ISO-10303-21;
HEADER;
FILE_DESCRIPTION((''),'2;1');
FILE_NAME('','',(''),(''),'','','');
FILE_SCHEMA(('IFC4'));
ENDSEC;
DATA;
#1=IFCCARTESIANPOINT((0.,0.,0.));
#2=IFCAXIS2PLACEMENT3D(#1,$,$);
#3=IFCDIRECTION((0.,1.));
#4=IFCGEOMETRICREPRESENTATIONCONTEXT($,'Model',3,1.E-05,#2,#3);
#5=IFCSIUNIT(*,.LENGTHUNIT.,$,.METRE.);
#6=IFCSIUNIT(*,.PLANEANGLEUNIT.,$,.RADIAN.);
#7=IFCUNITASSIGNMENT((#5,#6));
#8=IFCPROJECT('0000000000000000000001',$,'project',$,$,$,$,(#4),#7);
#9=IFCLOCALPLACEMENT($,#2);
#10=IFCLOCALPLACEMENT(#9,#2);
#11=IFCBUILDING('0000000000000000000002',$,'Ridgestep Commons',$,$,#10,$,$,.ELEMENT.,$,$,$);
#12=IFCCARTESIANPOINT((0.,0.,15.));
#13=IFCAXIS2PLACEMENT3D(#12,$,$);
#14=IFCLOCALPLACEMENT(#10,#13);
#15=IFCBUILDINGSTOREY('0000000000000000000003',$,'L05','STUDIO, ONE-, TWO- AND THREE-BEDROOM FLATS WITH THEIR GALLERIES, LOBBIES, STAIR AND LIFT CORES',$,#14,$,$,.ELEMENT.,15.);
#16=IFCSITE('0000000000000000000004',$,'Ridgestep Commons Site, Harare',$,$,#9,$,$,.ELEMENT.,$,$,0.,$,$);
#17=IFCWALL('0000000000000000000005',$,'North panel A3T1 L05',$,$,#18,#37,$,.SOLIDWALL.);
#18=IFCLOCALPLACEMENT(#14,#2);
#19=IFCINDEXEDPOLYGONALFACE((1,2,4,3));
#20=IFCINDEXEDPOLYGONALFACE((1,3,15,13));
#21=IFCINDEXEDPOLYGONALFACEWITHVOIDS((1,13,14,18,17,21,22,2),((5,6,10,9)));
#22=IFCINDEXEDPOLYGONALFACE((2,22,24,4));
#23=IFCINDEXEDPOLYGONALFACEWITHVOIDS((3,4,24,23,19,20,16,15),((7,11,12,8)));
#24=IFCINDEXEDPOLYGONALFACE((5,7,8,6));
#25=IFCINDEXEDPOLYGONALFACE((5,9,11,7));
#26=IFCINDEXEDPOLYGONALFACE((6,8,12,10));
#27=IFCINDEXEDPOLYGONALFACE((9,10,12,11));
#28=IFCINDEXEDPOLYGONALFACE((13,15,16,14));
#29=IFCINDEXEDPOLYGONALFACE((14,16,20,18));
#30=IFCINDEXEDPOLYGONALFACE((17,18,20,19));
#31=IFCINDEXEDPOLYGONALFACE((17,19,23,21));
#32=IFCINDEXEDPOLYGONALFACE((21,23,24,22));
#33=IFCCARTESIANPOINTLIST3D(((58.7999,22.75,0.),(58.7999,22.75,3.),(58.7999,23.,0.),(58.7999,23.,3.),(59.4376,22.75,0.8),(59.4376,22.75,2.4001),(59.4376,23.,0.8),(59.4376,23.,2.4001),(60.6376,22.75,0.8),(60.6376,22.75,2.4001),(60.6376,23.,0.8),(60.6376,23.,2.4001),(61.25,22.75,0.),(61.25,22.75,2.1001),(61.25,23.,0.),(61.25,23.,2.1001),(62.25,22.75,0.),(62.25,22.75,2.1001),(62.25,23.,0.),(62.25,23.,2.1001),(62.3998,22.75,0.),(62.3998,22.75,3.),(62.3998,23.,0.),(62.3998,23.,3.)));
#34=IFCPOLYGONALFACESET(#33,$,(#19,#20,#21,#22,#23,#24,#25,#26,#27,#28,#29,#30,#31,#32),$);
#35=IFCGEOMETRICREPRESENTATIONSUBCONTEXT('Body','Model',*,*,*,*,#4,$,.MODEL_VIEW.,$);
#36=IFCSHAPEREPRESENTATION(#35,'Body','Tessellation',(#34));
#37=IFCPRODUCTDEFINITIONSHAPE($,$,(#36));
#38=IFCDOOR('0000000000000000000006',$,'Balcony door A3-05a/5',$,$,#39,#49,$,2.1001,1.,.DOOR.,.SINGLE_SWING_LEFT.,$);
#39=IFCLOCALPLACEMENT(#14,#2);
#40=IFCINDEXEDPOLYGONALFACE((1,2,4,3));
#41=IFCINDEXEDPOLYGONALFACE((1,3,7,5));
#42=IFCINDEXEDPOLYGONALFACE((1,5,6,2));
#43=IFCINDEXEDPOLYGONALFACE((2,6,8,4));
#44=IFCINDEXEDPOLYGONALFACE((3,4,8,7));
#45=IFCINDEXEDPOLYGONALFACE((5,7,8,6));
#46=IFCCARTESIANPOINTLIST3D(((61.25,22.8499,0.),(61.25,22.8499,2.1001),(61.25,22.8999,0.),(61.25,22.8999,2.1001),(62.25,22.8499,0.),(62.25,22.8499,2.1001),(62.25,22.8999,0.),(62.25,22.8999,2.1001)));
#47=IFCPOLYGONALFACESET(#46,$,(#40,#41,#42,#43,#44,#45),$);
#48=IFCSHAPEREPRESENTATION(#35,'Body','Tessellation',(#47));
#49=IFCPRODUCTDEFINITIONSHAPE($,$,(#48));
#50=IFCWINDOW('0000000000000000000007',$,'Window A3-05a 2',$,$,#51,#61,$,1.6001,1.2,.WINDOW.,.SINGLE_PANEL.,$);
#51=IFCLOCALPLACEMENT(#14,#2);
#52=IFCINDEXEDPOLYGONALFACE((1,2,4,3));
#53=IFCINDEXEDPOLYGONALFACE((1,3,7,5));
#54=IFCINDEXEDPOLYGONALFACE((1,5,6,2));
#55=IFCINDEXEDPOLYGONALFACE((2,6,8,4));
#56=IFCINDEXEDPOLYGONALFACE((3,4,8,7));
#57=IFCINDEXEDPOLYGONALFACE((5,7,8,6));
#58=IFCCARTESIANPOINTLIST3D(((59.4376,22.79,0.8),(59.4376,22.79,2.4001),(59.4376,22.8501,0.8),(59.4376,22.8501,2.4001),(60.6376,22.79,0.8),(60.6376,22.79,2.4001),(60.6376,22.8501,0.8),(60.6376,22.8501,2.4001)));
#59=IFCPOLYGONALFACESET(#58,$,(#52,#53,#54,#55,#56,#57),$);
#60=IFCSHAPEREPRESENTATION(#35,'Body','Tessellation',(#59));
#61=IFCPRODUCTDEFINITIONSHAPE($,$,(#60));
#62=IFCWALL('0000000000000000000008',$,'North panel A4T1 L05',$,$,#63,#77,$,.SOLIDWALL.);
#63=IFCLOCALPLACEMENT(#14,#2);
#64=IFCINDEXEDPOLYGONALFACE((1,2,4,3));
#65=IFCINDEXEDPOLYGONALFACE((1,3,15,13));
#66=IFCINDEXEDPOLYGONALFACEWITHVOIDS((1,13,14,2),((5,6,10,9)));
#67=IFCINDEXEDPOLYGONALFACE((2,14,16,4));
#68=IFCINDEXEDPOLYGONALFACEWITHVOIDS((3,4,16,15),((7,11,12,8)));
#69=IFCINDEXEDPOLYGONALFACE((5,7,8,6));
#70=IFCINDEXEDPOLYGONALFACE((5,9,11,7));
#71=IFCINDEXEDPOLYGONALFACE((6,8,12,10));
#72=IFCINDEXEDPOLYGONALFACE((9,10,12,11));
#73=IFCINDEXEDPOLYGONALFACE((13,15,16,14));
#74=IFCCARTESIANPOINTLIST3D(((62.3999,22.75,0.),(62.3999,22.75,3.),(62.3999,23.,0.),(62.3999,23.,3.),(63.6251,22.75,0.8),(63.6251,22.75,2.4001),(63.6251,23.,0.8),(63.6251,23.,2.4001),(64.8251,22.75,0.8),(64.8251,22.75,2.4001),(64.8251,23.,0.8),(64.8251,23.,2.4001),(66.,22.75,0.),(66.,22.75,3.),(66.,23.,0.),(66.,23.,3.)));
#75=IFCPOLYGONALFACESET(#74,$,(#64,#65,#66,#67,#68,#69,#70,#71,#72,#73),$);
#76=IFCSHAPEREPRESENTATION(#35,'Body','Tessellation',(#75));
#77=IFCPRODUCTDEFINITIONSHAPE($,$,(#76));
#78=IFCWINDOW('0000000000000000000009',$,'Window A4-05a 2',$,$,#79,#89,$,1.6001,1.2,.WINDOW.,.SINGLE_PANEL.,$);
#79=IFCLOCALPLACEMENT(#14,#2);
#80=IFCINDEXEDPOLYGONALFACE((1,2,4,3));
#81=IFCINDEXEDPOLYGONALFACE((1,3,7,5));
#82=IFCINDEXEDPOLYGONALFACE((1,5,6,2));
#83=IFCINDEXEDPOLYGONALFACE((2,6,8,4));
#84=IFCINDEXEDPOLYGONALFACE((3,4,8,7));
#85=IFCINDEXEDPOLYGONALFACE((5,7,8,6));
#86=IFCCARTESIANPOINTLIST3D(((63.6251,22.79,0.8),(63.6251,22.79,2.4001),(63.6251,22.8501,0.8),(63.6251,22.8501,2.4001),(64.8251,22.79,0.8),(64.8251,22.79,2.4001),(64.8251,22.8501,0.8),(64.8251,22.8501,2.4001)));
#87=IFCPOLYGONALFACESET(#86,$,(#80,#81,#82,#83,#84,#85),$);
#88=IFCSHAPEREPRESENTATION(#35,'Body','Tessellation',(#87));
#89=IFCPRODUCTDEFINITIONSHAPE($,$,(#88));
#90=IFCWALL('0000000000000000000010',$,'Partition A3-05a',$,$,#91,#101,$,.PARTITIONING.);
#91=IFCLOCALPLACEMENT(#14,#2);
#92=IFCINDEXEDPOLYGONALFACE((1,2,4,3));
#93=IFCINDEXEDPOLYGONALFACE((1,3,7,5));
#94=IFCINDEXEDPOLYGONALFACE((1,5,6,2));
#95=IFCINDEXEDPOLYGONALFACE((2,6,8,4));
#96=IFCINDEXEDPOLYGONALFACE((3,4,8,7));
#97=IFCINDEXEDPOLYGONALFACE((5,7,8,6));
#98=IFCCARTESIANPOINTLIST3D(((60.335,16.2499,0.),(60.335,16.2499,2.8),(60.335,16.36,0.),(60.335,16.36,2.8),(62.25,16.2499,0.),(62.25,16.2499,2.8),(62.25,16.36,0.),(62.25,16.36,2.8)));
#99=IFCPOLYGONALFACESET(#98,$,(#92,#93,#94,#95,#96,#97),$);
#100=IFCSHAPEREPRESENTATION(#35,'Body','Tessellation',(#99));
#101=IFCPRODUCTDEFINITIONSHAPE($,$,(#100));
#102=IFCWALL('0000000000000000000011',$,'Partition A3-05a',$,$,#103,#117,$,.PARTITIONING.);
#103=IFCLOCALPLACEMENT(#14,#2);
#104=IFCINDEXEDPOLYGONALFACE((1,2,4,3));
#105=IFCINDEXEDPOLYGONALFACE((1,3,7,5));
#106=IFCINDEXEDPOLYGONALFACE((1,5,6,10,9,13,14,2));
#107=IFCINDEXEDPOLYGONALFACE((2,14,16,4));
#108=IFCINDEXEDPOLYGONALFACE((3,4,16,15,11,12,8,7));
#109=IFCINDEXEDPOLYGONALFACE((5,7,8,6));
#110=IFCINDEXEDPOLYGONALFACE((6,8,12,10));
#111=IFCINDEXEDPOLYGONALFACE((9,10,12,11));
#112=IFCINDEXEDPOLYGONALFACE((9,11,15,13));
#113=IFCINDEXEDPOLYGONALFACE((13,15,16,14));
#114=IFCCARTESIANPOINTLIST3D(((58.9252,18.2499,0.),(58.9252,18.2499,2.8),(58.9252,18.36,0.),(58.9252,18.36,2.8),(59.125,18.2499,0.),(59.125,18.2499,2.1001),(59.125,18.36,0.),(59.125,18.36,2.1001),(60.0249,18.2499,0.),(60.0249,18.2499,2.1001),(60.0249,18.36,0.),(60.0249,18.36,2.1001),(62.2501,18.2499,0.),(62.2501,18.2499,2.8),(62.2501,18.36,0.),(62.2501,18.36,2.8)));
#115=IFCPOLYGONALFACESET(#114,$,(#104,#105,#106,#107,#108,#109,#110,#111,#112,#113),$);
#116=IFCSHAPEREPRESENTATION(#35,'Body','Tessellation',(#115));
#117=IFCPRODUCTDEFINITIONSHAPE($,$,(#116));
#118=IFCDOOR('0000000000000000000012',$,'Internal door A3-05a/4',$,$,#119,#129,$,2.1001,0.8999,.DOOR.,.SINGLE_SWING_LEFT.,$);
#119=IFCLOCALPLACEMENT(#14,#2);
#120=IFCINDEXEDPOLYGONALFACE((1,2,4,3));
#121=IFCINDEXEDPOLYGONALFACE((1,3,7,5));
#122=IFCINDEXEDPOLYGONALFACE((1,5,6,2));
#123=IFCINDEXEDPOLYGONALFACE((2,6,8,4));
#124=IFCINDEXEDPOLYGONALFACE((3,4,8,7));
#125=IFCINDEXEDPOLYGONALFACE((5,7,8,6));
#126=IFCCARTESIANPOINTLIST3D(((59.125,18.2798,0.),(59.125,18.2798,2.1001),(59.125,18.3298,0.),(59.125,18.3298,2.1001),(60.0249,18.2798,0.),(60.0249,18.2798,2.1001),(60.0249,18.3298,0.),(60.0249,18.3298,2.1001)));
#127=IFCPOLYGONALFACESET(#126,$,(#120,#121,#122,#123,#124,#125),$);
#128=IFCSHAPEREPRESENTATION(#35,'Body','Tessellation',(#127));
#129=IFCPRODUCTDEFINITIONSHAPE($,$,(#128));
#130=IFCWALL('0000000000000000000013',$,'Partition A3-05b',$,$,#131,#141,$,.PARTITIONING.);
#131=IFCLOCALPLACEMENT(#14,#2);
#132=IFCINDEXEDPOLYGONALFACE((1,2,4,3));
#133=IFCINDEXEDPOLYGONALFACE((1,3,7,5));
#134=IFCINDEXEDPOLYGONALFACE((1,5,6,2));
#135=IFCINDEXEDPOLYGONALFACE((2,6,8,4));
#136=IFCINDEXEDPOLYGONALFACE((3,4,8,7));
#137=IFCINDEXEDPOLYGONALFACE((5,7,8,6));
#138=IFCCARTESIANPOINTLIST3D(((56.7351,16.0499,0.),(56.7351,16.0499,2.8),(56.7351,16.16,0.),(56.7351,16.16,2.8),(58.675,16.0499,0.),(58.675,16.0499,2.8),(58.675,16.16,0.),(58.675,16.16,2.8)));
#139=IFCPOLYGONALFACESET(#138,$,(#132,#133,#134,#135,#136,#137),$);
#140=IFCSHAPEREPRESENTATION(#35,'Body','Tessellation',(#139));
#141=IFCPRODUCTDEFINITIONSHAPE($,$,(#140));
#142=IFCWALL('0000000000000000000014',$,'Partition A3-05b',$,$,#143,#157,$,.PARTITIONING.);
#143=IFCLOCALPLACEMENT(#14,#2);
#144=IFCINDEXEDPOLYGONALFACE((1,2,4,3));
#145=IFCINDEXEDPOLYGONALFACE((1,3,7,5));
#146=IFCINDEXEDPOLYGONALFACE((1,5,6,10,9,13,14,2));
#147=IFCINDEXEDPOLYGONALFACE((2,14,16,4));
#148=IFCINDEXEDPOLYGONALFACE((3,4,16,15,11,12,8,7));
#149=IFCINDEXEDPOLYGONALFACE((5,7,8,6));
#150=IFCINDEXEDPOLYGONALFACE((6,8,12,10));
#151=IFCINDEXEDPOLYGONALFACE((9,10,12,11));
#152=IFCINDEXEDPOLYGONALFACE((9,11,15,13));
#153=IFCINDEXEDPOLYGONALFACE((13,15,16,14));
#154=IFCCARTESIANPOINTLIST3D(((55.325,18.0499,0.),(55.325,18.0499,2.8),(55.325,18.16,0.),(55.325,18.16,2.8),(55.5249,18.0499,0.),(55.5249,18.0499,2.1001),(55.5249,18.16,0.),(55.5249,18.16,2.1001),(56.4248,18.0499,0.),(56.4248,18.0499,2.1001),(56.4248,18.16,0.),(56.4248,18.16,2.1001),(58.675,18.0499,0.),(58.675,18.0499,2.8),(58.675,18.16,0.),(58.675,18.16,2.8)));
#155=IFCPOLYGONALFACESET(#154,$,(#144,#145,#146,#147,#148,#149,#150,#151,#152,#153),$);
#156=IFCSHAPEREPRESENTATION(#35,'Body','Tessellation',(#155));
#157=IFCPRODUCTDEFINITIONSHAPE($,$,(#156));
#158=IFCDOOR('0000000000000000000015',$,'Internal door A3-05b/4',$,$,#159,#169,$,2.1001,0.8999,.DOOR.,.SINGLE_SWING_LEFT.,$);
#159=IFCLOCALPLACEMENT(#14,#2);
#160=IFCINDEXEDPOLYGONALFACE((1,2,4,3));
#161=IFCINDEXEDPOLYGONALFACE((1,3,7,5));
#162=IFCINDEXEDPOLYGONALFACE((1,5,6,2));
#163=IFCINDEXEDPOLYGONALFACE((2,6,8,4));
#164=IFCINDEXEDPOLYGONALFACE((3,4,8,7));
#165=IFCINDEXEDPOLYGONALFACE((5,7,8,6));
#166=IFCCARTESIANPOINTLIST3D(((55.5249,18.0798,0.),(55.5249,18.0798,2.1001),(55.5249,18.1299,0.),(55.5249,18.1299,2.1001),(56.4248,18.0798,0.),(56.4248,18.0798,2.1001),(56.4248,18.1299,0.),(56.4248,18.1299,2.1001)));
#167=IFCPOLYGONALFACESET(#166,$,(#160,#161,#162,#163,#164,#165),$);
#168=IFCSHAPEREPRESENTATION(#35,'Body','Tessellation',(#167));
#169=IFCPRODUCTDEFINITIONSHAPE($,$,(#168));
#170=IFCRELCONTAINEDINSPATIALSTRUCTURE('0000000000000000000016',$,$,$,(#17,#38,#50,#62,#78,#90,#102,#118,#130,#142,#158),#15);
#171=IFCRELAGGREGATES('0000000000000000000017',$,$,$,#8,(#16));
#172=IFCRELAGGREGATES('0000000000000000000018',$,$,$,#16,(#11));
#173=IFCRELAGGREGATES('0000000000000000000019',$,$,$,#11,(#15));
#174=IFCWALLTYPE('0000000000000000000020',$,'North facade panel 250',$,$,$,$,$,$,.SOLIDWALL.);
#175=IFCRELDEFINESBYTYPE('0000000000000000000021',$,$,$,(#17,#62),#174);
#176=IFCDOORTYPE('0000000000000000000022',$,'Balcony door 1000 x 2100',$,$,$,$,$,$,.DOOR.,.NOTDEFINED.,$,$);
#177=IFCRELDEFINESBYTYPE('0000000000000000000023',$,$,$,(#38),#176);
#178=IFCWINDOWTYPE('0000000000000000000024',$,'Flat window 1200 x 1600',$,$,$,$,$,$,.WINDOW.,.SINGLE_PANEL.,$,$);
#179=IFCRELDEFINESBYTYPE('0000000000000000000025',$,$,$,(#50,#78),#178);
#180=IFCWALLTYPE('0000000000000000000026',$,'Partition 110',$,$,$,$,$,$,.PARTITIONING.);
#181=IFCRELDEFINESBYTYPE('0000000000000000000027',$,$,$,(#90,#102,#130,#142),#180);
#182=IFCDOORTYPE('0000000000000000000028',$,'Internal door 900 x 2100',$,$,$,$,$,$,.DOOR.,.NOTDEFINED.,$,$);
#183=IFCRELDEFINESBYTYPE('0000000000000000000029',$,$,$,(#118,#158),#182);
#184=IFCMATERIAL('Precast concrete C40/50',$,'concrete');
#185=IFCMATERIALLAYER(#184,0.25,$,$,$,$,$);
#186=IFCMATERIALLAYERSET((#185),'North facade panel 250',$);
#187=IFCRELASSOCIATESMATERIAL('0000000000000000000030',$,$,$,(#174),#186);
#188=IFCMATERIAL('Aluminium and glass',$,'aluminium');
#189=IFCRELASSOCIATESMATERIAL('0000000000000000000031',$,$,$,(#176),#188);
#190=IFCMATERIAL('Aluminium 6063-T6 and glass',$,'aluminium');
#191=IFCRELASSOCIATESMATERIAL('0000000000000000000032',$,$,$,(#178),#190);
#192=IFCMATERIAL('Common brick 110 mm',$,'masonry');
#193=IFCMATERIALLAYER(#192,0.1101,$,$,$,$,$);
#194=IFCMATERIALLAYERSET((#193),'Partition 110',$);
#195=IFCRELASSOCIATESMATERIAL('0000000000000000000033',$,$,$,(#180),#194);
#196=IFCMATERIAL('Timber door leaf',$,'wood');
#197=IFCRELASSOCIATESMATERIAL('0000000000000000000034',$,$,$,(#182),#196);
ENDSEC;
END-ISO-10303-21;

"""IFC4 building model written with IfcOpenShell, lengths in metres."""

from ifc_helpers import new_model, si_unit, direction, frame, frame_2d, origin, place, context, subcontext, project, spatial, rectangle, extrude, material, layer, layer_set, type_object, element, fill, save


model = new_model("IFC4")

# Units and contexts
model_context = context("Model", 3, precision=1e-05, world=origin(), true_north=direction((0.0, 1.0)))
body_context = subcontext(model_context, "Body", "Model", "MODEL_VIEW")
ifc_project = project(units=[si_unit("LENGTHUNIT", "METRE"), si_unit("PLANEANGLEUNIT", "RADIAN")], contexts=[model_context])

# Site, building, storey
site_placement = place(None, origin())
site = spatial("IfcSite", under=ifc_project, at=site_placement, Name="Ridgestep Commons Site, Harare", CompositionType="ELEMENT", RefElevation=0.0)
building_placement = place(site_placement, origin())
building = spatial("IfcBuilding", under=site, at=building_placement, Name="Ridgestep Commons", CompositionType="ELEMENT")
storey_placement = place(building_placement, frame((0.0, 0.0, 15.0)))
storey = spatial("IfcBuildingStorey", under=building, at=storey_placement, Name="L05", Description="STUDIO, ONE-, TWO- AND THREE-BEDROOM FLATS WITH THEIR GALLERIES, LOBBIES, STAIR AND LIFT CORES", CompositionType="ELEMENT", Elevation=15.0)

# Wall, openings, door, window
ifc_material_1 = material(Name="Precast concrete C40/50", Category="concrete")
ifc_layer_1 = layer(ifc_material_1, 0.25)
ifc_layer_set_1 = layer_set([ifc_layer_1], Name="North facade panel 250")
wall_type_1 = type_object("IfcWallType", Name="North facade panel 250", PredefinedType="SOLIDWALL", material=ifc_layer_set_1)
wall_1_placement = place(storey_placement, frame((58.8, 22.875, 0.0), z_axis=(0.0, 0.0, 1.0), x_axis=(1.0, 0.0, 0.0)))
wall_1 = element("IfcWall", 1, at=wall_1_placement, inside=storey, type_object=wall_type_1, Name="North panel A3T1 L05", PredefinedType="SOLIDWALL", context=body_context, shape_type="SweptSolid", body=[
    extrude(rectangle(XDim=3.5999, YDim=0.25, at=frame_2d((1.7998, 0.0))), origin(), (0.0, 0.0, 1.0), 3.0),
])
opening_1_placement = place(wall_1_placement, frame((0.6375, 0.0, 0.8)))
opening_1 = element("IfcOpeningElement", 2, at=opening_1_placement, cuts=wall_1, PredefinedType="OPENING", context=body_context, shape_type="SweptSolid", body=[
    extrude(rectangle(XDim=1.2, YDim=1.6001, at=frame_2d((0.6001, 0.8))), frame((0.0, 0.135, 0.0), z_axis=(0.0, -1.0, 0.0), x_axis=(1.0, 0.0, 0.0)), (0.0, 0.0, 1.0), 0.27),
])
opening_2_placement = place(wall_1_placement, frame((2.45, 0.0, 0.0)))
opening_2 = element("IfcOpeningElement", 3, at=opening_2_placement, cuts=wall_1, PredefinedType="OPENING", context=body_context, shape_type="SweptSolid", body=[
    extrude(rectangle(XDim=1.0, YDim=2.1001, at=frame_2d((0.5, 1.05))), frame((0.0, 0.135, 0.0), z_axis=(0.0, -1.0, 0.0), x_axis=(1.0, 0.0, 0.0)), (0.0, 0.0, 1.0), 0.27),
])
ifc_material_2 = material(Name="Aluminium and glass", Category="aluminium")
door_type_1 = type_object("IfcDoorType", Name="Balcony door 1000 x 2100", OperationType="NOTDEFINED", PredefinedType="DOOR", material=ifc_material_2)
door_1_placement = place(opening_2_placement, origin())
door_1 = element("IfcDoor", 4, at=door_1_placement, inside=storey, type_object=door_type_1, Name="Balcony door A3-05a/5", OperationType="SINGLE_SWING_LEFT", OverallHeight=2.1001, OverallWidth=1.0, PredefinedType="DOOR", context=body_context, shape_type="SweptSolid", body=[
    extrude(rectangle(XDim=1.0, YDim=2.1001, at=frame_2d((0.5, 1.05))), frame((0.0, 0.0249, 0.0), z_axis=(0.0, -1.0, 0.0), x_axis=(1.0, 0.0, 0.0)), (0.0, 0.0, 1.0), 0.05),
])
fill(opening_2, door_1)
ifc_material_3 = material(Name="Aluminium 6063-T6 and glass", Category="aluminium")
window_type = type_object("IfcWindowType", Name="Flat window 1200 x 1600", PartitioningType="SINGLE_PANEL", PredefinedType="WINDOW", material=ifc_material_3)
window_1_placement = place(opening_1_placement, origin())
window_1 = element("IfcWindow", 5, at=window_1_placement, inside=storey, type_object=window_type, Name="Window A3-05a 2", OverallHeight=1.6001, OverallWidth=1.2, PartitioningType="SINGLE_PANEL", PredefinedType="WINDOW", context=body_context, shape_type="SweptSolid", body=[
    extrude(rectangle(XDim=1.2, YDim=1.6001, at=frame_2d((0.6001, 0.8))), frame((0.0, -0.0249, 0.0), z_axis=(0.0, -1.0, 0.0), x_axis=(1.0, 0.0, 0.0)), (0.0, 0.0, 1.0), 0.0601),
])
fill(opening_1, window_1)

# Wall, opening, window
wall_2_placement = place(storey_placement, frame((62.3999, 22.875, 0.0), z_axis=(0.0, 0.0, 1.0), x_axis=(1.0, 0.0, 0.0)))
wall_2 = element("IfcWall", 6, at=wall_2_placement, inside=storey, type_object=wall_type_1, Name="North panel A4T1 L05", PredefinedType="SOLIDWALL", context=body_context, shape_type="SweptSolid", body=[
    extrude(rectangle(XDim=3.6001, YDim=0.25, at=frame_2d((1.8, 0.0))), origin(), (0.0, 0.0, 1.0), 3.0),
])
opening_3_placement = place(wall_2_placement, frame((1.2251, 0.0, 0.8)))
opening_3 = element("IfcOpeningElement", 7, at=opening_3_placement, cuts=wall_2, PredefinedType="OPENING", context=body_context, shape_type="SweptSolid", body=[
    extrude(rectangle(XDim=1.2, YDim=1.6001, at=frame_2d((0.6001, 0.8))), frame((0.0, 0.135, 0.0), z_axis=(0.0, -1.0, 0.0), x_axis=(1.0, 0.0, 0.0)), (0.0, 0.0, 1.0), 0.27),
])
window_2_placement = place(opening_3_placement, origin())
window_2 = element("IfcWindow", 8, at=window_2_placement, inside=storey, type_object=window_type, Name="Window A4-05a 2", OverallHeight=1.6001, OverallWidth=1.2, PartitioningType="SINGLE_PANEL", PredefinedType="WINDOW", context=body_context, shape_type="SweptSolid", body=[
    extrude(rectangle(XDim=1.2, YDim=1.6001, at=frame_2d((0.6001, 0.8))), frame((0.0, -0.0249, 0.0), z_axis=(0.0, -1.0, 0.0), x_axis=(1.0, 0.0, 0.0)), (0.0, 0.0, 1.0), 0.0601),
])
fill(opening_3, window_2)

# Wall
ifc_material_4 = material(Name="Common brick 110 mm", Category="masonry")
ifc_layer_2 = layer(ifc_material_4, 0.1101)
ifc_layer_set_2 = layer_set([ifc_layer_2], Name="Partition 110")
wall_type_2 = type_object("IfcWallType", Name="Partition 110", PredefinedType="PARTITIONING", material=ifc_layer_set_2)
wall_3_placement = place(storey_placement, frame((60.335, 16.3049, 0.0), z_axis=(0.0, 0.0, 1.0), x_axis=(1.0, 0.0, 0.0)))
element("IfcWall", 9, at=wall_3_placement, inside=storey, type_object=wall_type_2, Name="Partition A3-05a", PredefinedType="PARTITIONING", context=body_context, shape_type="SweptSolid", body=[
    extrude(rectangle(XDim=1.915, YDim=0.1101, at=frame_2d((0.9575, 0.0))), origin(), (0.0, 0.0, 1.0), 2.8),
])

# Wall, opening, door
wall_4_placement = place(storey_placement, frame((58.925, 18.3049, 0.0), z_axis=(0.0, 0.0, 1.0), x_axis=(1.0, 0.0, 0.0)))
wall_4 = element("IfcWall", 10, at=wall_4_placement, inside=storey, type_object=wall_type_2, Name="Partition A3-05a", PredefinedType="PARTITIONING", context=body_context, shape_type="SweptSolid", body=[
    extrude(rectangle(XDim=3.325, YDim=0.1101, at=frame_2d((1.6626, 0.0))), origin(), (0.0, 0.0, 1.0), 2.8),
])
opening_4_placement = place(wall_4_placement, frame((0.2, 0.0, 0.0)))
opening_4 = element("IfcOpeningElement", 11, at=opening_4_placement, cuts=wall_4, PredefinedType="OPENING", context=body_context, shape_type="SweptSolid", body=[
    extrude(rectangle(XDim=0.8999, YDim=2.1001, at=frame_2d((0.45, 1.05))), frame((0.0, 0.0649, 0.0), z_axis=(0.0, -1.0, 0.0), x_axis=(1.0, 0.0, 0.0)), (0.0, 0.0, 1.0), 0.1301),
])
ifc_material_5 = material(Name="Timber door leaf", Category="wood")
door_type_2 = type_object("IfcDoorType", Name="Internal door 900 x 2100", OperationType="NOTDEFINED", PredefinedType="DOOR", material=ifc_material_5)
door_2_placement = place(opening_4_placement, origin())
door_2 = element("IfcDoor", 12, at=door_2_placement, inside=storey, type_object=door_type_2, Name="Internal door A3-05a/4", OperationType="SINGLE_SWING_LEFT", OverallHeight=2.1001, OverallWidth=0.8999, PredefinedType="DOOR", context=body_context, shape_type="SweptSolid", body=[
    extrude(rectangle(XDim=0.8999, YDim=2.1001, at=frame_2d((0.45, 1.05))), frame((0.0, 0.0249, 0.0), z_axis=(0.0, -1.0, 0.0), x_axis=(1.0, 0.0, 0.0)), (0.0, 0.0, 1.0), 0.05),
])
fill(opening_4, door_2)

# Wall
wall_5_placement = place(storey_placement, frame((56.7351, 16.105, 0.0), z_axis=(0.0, 0.0, 1.0), x_axis=(1.0, 0.0, 0.0)))
element("IfcWall", 13, at=wall_5_placement, inside=storey, type_object=wall_type_2, Name="Partition A3-05b", PredefinedType="PARTITIONING", context=body_context, shape_type="SweptSolid", body=[
    extrude(rectangle(XDim=1.9399, YDim=0.1101, at=frame_2d((0.97, 0.0))), origin(), (0.0, 0.0, 1.0), 2.8),
])

# Wall, opening, door
wall_6_placement = place(storey_placement, frame((55.325, 18.105, 0.0), z_axis=(0.0, 0.0, 1.0), x_axis=(1.0, 0.0, 0.0)))
wall_6 = element("IfcWall", 14, at=wall_6_placement, inside=storey, type_object=wall_type_2, Name="Partition A3-05b", PredefinedType="PARTITIONING", context=body_context, shape_type="SweptSolid", body=[
    extrude(rectangle(XDim=3.3501, YDim=0.1101, at=frame_2d((1.675, 0.0))), origin(), (0.0, 0.0, 1.0), 2.8),
])
opening_5_placement = place(wall_6_placement, frame((0.2, 0.0, 0.0)))
opening_5 = element("IfcOpeningElement", 15, at=opening_5_placement, cuts=wall_6, PredefinedType="OPENING", context=body_context, shape_type="SweptSolid", body=[
    extrude(rectangle(XDim=0.8999, YDim=2.1001, at=frame_2d((0.45, 1.05))), frame((0.0, 0.0649, 0.0), z_axis=(0.0, -1.0, 0.0), x_axis=(1.0, 0.0, 0.0)), (0.0, 0.0, 1.0), 0.1301),
])
door_3_placement = place(opening_5_placement, origin())
door_3 = element("IfcDoor", 16, at=door_3_placement, inside=storey, type_object=door_type_2, Name="Internal door A3-05b/4", OperationType="SINGLE_SWING_LEFT", OverallHeight=2.1001, OverallWidth=0.8999, PredefinedType="DOOR", context=body_context, shape_type="SweptSolid", body=[
    extrude(rectangle(XDim=0.8999, YDim=2.1001, at=frame_2d((0.45, 1.05))), frame((0.0, 0.0249, 0.0), z_axis=(0.0, -1.0, 0.0), x_axis=(1.0, 0.0, 0.0)), (0.0, 0.0, 1.0), 0.05),
])
fill(opening_5, door_3)

save(model, "model.ifc")
